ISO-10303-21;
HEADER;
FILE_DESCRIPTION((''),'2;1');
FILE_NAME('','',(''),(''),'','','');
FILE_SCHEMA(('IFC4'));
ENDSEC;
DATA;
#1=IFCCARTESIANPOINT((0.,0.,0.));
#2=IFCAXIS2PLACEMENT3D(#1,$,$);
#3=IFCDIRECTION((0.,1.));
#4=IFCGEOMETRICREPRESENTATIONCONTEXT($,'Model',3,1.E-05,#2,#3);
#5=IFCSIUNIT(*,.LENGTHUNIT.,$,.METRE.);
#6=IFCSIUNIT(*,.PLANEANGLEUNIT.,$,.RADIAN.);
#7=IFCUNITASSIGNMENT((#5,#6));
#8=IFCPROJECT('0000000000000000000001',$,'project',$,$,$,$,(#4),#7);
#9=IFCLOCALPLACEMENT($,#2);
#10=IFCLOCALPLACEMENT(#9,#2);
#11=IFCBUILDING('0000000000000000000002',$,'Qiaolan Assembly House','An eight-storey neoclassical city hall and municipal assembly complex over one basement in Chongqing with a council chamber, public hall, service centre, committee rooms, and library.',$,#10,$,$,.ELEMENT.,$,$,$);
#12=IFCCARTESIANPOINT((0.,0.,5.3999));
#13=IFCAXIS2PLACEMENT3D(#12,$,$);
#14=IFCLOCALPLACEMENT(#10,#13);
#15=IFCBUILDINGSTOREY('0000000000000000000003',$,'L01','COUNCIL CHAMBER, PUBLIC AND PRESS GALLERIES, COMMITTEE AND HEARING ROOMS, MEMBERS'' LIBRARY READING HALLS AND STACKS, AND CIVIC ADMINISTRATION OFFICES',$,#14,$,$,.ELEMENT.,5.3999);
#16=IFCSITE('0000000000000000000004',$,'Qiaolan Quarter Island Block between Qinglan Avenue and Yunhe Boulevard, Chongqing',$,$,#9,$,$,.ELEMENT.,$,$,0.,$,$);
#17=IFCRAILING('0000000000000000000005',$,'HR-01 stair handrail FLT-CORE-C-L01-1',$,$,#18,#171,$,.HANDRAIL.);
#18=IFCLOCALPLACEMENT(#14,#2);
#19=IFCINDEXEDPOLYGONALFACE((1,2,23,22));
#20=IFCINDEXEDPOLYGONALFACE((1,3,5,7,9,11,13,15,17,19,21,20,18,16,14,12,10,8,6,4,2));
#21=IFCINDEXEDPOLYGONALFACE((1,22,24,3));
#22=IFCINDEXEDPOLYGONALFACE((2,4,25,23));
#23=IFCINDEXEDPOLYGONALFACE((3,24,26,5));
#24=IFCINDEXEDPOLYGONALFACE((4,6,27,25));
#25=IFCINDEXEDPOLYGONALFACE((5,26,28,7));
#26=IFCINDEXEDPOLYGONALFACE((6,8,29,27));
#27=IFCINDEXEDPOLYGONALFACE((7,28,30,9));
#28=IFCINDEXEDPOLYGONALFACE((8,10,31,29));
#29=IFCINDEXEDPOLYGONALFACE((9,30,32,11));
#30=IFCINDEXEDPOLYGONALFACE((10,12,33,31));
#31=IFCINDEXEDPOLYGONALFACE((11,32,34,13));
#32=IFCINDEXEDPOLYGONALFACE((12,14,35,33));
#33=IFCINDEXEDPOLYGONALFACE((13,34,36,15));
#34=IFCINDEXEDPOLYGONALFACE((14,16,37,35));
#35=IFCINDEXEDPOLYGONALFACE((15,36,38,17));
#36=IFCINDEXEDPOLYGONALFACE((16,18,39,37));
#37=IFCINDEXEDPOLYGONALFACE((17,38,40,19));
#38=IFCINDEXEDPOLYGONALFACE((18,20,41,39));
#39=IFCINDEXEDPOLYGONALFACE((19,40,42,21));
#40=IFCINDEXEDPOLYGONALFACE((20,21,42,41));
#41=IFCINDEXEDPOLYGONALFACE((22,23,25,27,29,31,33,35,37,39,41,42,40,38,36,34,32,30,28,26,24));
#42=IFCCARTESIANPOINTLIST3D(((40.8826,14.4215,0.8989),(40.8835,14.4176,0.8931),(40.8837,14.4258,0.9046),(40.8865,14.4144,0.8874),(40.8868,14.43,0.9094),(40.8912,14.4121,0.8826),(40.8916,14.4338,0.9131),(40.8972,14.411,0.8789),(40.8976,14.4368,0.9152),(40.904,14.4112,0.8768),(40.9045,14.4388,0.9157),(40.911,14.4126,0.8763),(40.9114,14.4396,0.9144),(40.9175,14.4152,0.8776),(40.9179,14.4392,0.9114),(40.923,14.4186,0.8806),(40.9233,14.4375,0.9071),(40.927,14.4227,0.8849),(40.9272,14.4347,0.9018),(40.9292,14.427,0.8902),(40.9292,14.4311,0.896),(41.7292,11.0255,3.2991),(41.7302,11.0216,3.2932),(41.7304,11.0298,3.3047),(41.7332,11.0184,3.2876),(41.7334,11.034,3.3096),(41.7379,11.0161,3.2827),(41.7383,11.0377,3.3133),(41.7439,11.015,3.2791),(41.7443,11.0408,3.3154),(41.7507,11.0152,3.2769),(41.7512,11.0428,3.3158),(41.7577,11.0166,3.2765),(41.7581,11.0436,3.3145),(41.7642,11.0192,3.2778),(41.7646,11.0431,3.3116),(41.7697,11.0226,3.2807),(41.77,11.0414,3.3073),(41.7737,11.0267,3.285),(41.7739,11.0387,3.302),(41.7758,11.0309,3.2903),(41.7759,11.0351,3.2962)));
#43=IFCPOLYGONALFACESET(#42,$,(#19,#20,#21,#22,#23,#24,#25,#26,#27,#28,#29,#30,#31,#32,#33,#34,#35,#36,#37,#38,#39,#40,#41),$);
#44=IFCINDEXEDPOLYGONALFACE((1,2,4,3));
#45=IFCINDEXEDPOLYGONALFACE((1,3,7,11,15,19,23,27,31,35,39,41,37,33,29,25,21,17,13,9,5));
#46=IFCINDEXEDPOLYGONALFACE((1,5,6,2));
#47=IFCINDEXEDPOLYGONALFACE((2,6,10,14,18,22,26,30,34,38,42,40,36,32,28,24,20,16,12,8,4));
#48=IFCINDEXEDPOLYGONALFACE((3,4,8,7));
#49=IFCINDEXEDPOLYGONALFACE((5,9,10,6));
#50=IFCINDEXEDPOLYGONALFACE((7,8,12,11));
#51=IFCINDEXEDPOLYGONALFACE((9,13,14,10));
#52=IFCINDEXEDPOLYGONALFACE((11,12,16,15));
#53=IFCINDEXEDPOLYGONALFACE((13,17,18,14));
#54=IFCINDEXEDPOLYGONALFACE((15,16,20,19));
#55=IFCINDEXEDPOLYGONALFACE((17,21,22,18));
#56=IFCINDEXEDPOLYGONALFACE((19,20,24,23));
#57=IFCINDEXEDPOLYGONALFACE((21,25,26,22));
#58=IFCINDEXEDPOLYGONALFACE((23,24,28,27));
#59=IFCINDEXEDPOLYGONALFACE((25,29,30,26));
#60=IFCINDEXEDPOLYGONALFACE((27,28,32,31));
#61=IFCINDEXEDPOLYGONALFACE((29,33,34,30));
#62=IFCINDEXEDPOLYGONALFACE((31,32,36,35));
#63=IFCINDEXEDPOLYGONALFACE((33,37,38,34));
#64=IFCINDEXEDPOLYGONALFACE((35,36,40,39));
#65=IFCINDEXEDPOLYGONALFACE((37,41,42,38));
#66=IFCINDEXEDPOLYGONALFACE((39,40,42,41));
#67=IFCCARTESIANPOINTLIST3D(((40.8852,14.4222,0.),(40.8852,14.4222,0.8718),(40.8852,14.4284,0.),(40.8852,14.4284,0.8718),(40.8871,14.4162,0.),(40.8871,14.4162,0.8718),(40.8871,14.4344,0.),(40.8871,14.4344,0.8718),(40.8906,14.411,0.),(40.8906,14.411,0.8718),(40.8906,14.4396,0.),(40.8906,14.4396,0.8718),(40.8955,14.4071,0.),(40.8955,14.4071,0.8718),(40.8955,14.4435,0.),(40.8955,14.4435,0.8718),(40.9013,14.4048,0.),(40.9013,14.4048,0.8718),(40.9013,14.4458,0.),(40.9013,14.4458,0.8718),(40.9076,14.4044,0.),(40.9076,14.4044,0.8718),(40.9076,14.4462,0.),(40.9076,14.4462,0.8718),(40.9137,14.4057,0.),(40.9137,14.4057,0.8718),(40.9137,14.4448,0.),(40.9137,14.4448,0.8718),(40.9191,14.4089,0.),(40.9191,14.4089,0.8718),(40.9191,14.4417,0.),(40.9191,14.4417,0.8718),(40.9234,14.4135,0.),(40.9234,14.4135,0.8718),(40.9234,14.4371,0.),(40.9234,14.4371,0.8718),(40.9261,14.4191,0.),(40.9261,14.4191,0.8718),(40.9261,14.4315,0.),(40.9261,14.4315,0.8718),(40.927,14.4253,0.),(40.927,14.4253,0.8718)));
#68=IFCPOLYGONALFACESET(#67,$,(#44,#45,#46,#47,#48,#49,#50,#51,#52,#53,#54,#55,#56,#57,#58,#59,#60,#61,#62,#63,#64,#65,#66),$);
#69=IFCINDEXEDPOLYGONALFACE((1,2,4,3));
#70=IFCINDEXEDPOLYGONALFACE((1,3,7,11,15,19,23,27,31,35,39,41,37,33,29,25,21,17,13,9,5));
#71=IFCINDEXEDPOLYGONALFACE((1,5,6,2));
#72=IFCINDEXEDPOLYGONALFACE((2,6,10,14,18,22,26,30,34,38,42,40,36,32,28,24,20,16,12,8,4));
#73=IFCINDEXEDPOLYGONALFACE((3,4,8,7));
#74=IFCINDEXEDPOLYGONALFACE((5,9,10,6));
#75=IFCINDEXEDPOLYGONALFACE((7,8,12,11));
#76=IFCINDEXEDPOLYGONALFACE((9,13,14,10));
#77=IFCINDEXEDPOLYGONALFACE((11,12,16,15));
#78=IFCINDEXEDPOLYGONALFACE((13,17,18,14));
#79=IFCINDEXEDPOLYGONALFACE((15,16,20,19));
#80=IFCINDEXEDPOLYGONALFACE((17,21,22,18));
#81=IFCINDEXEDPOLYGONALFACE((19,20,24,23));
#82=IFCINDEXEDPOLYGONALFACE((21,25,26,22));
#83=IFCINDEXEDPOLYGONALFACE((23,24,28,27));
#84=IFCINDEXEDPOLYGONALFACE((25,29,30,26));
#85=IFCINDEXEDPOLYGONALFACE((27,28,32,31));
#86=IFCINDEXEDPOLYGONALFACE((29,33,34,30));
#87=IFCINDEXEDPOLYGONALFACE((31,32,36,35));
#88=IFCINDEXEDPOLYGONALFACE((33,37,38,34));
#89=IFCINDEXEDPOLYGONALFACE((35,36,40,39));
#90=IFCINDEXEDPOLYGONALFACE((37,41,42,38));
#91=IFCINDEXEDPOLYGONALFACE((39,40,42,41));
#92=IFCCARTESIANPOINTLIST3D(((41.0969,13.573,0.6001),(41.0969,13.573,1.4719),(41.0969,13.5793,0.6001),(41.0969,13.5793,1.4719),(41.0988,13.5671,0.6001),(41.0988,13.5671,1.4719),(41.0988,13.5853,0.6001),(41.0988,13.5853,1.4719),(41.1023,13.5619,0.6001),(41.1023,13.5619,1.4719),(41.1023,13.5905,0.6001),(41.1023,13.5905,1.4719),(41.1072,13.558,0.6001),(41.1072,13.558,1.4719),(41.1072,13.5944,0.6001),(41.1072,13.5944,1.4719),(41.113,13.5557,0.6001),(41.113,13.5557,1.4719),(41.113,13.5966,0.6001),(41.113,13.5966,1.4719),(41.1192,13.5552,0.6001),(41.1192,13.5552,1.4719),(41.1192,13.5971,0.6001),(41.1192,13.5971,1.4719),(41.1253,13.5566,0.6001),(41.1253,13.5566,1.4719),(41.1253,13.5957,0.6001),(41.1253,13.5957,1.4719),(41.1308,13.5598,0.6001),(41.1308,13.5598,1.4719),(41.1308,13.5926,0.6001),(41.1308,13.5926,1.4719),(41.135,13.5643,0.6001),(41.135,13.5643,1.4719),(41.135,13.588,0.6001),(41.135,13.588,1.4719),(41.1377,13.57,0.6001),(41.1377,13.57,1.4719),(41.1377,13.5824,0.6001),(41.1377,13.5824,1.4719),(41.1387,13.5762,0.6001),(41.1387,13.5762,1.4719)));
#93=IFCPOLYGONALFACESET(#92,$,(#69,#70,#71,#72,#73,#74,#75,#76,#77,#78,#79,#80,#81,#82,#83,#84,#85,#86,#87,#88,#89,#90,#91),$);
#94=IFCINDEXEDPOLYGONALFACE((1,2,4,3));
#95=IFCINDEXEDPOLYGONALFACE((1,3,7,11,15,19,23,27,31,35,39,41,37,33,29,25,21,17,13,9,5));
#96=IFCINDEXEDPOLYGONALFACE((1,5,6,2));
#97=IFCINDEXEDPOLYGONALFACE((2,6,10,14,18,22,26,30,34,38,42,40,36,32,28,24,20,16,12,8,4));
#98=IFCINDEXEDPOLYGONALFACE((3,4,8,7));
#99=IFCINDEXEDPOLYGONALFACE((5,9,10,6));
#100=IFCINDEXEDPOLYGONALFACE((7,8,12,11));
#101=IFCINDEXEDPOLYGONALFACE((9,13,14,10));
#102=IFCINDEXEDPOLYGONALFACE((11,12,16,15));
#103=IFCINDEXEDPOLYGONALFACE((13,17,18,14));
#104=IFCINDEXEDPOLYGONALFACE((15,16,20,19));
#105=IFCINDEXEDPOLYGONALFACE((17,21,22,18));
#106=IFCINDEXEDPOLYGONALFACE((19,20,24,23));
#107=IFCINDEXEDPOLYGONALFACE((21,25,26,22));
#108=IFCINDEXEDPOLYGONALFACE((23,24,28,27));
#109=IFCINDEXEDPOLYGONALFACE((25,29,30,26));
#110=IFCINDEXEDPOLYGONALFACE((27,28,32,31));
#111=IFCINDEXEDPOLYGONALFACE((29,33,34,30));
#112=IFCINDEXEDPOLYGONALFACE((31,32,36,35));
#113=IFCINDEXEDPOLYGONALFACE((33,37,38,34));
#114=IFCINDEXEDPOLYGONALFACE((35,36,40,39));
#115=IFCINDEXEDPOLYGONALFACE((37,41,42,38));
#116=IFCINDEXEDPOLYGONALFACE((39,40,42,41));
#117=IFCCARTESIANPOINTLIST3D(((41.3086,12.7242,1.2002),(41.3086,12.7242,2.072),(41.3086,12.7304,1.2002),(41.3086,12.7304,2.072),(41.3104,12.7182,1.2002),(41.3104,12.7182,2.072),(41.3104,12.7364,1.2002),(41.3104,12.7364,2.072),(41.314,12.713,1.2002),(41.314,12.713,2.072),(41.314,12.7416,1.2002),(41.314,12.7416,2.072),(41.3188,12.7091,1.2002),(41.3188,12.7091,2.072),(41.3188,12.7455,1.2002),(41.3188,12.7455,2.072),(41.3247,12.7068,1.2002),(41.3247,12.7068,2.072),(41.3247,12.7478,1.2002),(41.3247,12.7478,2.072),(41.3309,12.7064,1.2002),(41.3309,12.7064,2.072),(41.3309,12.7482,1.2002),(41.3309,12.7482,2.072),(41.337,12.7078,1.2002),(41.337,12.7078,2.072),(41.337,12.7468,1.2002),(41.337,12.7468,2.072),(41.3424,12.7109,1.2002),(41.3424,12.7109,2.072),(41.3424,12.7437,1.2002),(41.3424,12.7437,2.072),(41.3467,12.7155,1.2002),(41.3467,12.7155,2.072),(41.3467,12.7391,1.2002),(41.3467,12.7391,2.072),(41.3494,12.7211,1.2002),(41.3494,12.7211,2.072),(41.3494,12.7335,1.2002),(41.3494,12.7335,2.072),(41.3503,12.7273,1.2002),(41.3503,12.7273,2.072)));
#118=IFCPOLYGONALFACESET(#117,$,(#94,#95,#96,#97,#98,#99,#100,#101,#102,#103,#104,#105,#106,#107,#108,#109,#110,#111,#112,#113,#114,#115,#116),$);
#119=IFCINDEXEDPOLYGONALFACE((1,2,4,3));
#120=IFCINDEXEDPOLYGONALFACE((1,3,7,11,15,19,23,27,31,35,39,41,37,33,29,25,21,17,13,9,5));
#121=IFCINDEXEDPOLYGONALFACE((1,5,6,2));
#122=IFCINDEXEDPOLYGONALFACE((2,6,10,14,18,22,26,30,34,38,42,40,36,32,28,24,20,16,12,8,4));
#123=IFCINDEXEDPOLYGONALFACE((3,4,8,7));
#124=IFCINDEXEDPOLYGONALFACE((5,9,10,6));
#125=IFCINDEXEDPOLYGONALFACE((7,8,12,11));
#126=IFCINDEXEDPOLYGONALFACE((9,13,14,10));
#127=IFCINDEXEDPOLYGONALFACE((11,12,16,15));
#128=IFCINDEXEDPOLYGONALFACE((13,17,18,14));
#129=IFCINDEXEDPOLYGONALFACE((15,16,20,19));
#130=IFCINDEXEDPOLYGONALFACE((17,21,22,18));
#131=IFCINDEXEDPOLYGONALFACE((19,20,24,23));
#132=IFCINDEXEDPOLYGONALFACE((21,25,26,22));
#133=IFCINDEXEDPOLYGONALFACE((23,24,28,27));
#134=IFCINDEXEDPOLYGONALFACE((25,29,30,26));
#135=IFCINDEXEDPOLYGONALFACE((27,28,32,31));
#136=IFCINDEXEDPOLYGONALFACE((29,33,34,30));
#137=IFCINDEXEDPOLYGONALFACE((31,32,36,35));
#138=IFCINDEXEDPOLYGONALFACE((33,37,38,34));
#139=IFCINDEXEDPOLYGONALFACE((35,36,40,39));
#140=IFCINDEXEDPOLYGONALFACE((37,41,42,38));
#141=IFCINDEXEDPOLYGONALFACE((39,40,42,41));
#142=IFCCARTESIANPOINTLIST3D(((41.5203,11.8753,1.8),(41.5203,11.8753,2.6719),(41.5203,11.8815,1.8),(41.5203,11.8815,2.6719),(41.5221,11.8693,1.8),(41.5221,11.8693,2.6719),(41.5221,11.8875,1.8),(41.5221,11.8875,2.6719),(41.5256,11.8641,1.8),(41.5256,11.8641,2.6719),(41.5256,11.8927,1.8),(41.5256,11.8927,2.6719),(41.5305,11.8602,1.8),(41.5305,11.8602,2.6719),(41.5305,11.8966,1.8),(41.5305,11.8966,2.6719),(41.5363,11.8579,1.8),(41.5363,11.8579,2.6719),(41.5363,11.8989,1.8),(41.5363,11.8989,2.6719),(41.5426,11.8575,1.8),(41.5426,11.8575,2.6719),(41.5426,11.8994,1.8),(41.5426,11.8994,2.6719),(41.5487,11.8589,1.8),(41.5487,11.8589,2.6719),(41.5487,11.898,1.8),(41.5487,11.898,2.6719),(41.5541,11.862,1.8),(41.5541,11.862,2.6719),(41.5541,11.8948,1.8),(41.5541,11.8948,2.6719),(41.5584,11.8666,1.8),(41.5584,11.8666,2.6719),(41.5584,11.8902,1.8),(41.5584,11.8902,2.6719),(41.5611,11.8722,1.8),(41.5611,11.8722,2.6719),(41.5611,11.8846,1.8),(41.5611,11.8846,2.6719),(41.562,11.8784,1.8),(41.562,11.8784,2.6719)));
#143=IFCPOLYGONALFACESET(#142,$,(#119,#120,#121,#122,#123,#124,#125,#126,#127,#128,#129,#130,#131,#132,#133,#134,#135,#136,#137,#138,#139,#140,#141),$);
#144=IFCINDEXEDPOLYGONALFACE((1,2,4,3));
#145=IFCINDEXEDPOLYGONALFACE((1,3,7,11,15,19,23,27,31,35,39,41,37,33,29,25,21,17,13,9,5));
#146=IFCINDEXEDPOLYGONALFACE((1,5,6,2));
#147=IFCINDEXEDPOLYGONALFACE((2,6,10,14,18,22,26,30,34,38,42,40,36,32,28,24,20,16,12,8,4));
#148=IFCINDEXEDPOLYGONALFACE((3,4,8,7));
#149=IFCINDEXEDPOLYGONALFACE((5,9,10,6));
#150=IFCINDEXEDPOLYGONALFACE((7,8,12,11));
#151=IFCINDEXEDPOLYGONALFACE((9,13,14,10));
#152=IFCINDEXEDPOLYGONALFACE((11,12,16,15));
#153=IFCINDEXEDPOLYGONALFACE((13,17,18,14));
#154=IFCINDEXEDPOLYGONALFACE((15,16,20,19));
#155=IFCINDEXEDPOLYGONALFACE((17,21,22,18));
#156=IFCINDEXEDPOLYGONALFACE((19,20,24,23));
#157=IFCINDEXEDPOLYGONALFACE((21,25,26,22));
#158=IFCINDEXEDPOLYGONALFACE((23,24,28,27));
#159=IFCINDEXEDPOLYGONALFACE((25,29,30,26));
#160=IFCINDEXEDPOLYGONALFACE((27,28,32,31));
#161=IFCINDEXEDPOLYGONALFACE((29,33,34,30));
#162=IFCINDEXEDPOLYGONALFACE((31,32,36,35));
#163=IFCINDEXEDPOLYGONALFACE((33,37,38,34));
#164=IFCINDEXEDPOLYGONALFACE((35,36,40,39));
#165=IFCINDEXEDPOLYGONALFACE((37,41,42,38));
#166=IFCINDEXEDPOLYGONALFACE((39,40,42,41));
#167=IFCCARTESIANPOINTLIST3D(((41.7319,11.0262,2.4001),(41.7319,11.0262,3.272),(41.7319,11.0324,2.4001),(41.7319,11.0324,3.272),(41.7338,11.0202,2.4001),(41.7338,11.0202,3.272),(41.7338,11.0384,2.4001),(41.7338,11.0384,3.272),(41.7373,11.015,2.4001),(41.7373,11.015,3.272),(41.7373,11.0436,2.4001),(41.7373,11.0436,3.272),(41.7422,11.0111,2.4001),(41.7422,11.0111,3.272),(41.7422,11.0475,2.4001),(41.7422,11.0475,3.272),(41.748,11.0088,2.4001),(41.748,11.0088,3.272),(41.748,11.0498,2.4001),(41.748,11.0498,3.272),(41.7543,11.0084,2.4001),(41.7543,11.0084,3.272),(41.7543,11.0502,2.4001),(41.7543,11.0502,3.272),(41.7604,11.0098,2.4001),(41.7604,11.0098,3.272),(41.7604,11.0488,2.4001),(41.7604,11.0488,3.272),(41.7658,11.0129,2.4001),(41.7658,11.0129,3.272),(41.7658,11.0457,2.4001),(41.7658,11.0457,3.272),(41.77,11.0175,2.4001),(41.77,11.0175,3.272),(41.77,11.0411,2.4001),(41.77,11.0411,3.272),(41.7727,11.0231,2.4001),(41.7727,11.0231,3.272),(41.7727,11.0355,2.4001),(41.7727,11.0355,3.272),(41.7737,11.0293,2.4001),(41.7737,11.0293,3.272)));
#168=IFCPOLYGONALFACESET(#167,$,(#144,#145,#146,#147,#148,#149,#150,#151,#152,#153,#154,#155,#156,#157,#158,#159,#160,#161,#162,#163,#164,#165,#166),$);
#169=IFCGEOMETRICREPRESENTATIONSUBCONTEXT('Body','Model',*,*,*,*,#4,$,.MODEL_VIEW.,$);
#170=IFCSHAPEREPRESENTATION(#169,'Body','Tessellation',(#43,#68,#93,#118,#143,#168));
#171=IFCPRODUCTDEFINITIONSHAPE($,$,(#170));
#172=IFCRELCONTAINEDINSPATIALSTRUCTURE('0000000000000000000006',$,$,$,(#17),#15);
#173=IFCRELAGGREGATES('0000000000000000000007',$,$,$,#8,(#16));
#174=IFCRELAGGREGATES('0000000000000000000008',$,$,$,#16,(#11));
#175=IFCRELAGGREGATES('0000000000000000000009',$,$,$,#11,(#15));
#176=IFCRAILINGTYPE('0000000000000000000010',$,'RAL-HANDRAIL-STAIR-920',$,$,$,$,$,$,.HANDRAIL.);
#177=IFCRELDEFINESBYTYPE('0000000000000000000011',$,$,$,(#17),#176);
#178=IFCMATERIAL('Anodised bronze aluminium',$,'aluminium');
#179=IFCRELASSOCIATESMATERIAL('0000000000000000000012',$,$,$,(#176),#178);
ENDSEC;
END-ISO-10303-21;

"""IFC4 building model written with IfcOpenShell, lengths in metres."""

from ifc_helpers import new_model, si_unit, direction, frame, origin, origin_2d, place, context, subcontext, project, spatial, circle, extrude, material, type_object, element, save


model = new_model("IFC4")

# Units and contexts
model_context = context("Model", 3, precision=1e-05, world=origin(), true_north=direction((0.0, 1.0)))
body_context = subcontext(model_context, "Body", "Model", "MODEL_VIEW")
ifc_project = project(units=[si_unit("LENGTHUNIT", "METRE"), si_unit("PLANEANGLEUNIT", "RADIAN")], contexts=[model_context])

# Site, building, storey
site_placement = place(None, origin())
site = spatial("IfcSite", under=ifc_project, at=site_placement, Name="Qiaolan Quarter Island Block between Qinglan Avenue and Yunhe Boulevard, Chongqing", CompositionType="ELEMENT", RefElevation=0.0)
building_placement = place(site_placement, origin())
building = spatial("IfcBuilding", under=site, at=building_placement, Name="Qiaolan Assembly House", Description="An eight-storey neoclassical city hall and municipal assembly complex over one basement in Chongqing with a council chamber, public hall, service centre, committee rooms, and library.", CompositionType="ELEMENT")
storey_placement = place(building_placement, frame((0.0, 0.0, 5.3999)))
storey = spatial("IfcBuildingStorey", under=building, at=storey_placement, Name="L01", Description="COUNCIL CHAMBER, PUBLIC AND PRESS GALLERIES, COMMITTEE AND HEARING ROOMS, MEMBERS' LIBRARY READING HALLS AND STACKS, AND CIVIC ADMINISTRATION OFFICES", CompositionType="ELEMENT", Elevation=5.3999)

# Railing
ifc_material_1 = material(Name="Anodised bronze aluminium", Category="aluminium")
railing_type_1 = type_object("IfcRailingType", Name="RAL-HANDRAIL-STAIR-920", PredefinedType="HANDRAIL", material=ifc_material_1)
railing_1_placement = place(storey_placement, frame((40.906, 14.4253, 0.0)))
element("IfcRailing", 1, at=railing_1_placement, inside=storey, type_object=railing_type_1, Name="HR-01 stair handrail FLT-CORE-C-L01-1", PredefinedType="HANDRAIL", context=body_context, shape_type="SweptSolid", body=[
    extrude(circle(Radius=0.0239, at=origin_2d()), frame((0.0, 0.0, 0.896), z_axis=(0.199507, -0.800214, 0.565557), x_axis=(0.970298, 0.241912, 0.0)), (0.0, 0.0, 1.0), 4.2439),
    extrude(circle(Radius=0.021, at=origin_2d()), origin(), (0.0, 0.0, 1.0), 0.8718),
    extrude(circle(Radius=0.021, at=origin_2d()), frame((0.2117, -0.8491, 0.6001)), (0.0, 0.0, 1.0), 0.8718),
    extrude(circle(Radius=0.021, at=origin_2d()), frame((0.4233, -1.698, 1.2002)), (0.0, 0.0, 1.0), 0.8718),
    extrude(circle(Radius=0.021, at=origin_2d()), frame((0.635, -2.5469, 1.8)), (0.0, 0.0, 1.0), 0.8718),
    extrude(circle(Radius=0.021, at=origin_2d()), frame((0.8467, -3.396, 2.4001)), (0.0, 0.0, 1.0), 0.8718),
])

save(model, "model.ifc")
